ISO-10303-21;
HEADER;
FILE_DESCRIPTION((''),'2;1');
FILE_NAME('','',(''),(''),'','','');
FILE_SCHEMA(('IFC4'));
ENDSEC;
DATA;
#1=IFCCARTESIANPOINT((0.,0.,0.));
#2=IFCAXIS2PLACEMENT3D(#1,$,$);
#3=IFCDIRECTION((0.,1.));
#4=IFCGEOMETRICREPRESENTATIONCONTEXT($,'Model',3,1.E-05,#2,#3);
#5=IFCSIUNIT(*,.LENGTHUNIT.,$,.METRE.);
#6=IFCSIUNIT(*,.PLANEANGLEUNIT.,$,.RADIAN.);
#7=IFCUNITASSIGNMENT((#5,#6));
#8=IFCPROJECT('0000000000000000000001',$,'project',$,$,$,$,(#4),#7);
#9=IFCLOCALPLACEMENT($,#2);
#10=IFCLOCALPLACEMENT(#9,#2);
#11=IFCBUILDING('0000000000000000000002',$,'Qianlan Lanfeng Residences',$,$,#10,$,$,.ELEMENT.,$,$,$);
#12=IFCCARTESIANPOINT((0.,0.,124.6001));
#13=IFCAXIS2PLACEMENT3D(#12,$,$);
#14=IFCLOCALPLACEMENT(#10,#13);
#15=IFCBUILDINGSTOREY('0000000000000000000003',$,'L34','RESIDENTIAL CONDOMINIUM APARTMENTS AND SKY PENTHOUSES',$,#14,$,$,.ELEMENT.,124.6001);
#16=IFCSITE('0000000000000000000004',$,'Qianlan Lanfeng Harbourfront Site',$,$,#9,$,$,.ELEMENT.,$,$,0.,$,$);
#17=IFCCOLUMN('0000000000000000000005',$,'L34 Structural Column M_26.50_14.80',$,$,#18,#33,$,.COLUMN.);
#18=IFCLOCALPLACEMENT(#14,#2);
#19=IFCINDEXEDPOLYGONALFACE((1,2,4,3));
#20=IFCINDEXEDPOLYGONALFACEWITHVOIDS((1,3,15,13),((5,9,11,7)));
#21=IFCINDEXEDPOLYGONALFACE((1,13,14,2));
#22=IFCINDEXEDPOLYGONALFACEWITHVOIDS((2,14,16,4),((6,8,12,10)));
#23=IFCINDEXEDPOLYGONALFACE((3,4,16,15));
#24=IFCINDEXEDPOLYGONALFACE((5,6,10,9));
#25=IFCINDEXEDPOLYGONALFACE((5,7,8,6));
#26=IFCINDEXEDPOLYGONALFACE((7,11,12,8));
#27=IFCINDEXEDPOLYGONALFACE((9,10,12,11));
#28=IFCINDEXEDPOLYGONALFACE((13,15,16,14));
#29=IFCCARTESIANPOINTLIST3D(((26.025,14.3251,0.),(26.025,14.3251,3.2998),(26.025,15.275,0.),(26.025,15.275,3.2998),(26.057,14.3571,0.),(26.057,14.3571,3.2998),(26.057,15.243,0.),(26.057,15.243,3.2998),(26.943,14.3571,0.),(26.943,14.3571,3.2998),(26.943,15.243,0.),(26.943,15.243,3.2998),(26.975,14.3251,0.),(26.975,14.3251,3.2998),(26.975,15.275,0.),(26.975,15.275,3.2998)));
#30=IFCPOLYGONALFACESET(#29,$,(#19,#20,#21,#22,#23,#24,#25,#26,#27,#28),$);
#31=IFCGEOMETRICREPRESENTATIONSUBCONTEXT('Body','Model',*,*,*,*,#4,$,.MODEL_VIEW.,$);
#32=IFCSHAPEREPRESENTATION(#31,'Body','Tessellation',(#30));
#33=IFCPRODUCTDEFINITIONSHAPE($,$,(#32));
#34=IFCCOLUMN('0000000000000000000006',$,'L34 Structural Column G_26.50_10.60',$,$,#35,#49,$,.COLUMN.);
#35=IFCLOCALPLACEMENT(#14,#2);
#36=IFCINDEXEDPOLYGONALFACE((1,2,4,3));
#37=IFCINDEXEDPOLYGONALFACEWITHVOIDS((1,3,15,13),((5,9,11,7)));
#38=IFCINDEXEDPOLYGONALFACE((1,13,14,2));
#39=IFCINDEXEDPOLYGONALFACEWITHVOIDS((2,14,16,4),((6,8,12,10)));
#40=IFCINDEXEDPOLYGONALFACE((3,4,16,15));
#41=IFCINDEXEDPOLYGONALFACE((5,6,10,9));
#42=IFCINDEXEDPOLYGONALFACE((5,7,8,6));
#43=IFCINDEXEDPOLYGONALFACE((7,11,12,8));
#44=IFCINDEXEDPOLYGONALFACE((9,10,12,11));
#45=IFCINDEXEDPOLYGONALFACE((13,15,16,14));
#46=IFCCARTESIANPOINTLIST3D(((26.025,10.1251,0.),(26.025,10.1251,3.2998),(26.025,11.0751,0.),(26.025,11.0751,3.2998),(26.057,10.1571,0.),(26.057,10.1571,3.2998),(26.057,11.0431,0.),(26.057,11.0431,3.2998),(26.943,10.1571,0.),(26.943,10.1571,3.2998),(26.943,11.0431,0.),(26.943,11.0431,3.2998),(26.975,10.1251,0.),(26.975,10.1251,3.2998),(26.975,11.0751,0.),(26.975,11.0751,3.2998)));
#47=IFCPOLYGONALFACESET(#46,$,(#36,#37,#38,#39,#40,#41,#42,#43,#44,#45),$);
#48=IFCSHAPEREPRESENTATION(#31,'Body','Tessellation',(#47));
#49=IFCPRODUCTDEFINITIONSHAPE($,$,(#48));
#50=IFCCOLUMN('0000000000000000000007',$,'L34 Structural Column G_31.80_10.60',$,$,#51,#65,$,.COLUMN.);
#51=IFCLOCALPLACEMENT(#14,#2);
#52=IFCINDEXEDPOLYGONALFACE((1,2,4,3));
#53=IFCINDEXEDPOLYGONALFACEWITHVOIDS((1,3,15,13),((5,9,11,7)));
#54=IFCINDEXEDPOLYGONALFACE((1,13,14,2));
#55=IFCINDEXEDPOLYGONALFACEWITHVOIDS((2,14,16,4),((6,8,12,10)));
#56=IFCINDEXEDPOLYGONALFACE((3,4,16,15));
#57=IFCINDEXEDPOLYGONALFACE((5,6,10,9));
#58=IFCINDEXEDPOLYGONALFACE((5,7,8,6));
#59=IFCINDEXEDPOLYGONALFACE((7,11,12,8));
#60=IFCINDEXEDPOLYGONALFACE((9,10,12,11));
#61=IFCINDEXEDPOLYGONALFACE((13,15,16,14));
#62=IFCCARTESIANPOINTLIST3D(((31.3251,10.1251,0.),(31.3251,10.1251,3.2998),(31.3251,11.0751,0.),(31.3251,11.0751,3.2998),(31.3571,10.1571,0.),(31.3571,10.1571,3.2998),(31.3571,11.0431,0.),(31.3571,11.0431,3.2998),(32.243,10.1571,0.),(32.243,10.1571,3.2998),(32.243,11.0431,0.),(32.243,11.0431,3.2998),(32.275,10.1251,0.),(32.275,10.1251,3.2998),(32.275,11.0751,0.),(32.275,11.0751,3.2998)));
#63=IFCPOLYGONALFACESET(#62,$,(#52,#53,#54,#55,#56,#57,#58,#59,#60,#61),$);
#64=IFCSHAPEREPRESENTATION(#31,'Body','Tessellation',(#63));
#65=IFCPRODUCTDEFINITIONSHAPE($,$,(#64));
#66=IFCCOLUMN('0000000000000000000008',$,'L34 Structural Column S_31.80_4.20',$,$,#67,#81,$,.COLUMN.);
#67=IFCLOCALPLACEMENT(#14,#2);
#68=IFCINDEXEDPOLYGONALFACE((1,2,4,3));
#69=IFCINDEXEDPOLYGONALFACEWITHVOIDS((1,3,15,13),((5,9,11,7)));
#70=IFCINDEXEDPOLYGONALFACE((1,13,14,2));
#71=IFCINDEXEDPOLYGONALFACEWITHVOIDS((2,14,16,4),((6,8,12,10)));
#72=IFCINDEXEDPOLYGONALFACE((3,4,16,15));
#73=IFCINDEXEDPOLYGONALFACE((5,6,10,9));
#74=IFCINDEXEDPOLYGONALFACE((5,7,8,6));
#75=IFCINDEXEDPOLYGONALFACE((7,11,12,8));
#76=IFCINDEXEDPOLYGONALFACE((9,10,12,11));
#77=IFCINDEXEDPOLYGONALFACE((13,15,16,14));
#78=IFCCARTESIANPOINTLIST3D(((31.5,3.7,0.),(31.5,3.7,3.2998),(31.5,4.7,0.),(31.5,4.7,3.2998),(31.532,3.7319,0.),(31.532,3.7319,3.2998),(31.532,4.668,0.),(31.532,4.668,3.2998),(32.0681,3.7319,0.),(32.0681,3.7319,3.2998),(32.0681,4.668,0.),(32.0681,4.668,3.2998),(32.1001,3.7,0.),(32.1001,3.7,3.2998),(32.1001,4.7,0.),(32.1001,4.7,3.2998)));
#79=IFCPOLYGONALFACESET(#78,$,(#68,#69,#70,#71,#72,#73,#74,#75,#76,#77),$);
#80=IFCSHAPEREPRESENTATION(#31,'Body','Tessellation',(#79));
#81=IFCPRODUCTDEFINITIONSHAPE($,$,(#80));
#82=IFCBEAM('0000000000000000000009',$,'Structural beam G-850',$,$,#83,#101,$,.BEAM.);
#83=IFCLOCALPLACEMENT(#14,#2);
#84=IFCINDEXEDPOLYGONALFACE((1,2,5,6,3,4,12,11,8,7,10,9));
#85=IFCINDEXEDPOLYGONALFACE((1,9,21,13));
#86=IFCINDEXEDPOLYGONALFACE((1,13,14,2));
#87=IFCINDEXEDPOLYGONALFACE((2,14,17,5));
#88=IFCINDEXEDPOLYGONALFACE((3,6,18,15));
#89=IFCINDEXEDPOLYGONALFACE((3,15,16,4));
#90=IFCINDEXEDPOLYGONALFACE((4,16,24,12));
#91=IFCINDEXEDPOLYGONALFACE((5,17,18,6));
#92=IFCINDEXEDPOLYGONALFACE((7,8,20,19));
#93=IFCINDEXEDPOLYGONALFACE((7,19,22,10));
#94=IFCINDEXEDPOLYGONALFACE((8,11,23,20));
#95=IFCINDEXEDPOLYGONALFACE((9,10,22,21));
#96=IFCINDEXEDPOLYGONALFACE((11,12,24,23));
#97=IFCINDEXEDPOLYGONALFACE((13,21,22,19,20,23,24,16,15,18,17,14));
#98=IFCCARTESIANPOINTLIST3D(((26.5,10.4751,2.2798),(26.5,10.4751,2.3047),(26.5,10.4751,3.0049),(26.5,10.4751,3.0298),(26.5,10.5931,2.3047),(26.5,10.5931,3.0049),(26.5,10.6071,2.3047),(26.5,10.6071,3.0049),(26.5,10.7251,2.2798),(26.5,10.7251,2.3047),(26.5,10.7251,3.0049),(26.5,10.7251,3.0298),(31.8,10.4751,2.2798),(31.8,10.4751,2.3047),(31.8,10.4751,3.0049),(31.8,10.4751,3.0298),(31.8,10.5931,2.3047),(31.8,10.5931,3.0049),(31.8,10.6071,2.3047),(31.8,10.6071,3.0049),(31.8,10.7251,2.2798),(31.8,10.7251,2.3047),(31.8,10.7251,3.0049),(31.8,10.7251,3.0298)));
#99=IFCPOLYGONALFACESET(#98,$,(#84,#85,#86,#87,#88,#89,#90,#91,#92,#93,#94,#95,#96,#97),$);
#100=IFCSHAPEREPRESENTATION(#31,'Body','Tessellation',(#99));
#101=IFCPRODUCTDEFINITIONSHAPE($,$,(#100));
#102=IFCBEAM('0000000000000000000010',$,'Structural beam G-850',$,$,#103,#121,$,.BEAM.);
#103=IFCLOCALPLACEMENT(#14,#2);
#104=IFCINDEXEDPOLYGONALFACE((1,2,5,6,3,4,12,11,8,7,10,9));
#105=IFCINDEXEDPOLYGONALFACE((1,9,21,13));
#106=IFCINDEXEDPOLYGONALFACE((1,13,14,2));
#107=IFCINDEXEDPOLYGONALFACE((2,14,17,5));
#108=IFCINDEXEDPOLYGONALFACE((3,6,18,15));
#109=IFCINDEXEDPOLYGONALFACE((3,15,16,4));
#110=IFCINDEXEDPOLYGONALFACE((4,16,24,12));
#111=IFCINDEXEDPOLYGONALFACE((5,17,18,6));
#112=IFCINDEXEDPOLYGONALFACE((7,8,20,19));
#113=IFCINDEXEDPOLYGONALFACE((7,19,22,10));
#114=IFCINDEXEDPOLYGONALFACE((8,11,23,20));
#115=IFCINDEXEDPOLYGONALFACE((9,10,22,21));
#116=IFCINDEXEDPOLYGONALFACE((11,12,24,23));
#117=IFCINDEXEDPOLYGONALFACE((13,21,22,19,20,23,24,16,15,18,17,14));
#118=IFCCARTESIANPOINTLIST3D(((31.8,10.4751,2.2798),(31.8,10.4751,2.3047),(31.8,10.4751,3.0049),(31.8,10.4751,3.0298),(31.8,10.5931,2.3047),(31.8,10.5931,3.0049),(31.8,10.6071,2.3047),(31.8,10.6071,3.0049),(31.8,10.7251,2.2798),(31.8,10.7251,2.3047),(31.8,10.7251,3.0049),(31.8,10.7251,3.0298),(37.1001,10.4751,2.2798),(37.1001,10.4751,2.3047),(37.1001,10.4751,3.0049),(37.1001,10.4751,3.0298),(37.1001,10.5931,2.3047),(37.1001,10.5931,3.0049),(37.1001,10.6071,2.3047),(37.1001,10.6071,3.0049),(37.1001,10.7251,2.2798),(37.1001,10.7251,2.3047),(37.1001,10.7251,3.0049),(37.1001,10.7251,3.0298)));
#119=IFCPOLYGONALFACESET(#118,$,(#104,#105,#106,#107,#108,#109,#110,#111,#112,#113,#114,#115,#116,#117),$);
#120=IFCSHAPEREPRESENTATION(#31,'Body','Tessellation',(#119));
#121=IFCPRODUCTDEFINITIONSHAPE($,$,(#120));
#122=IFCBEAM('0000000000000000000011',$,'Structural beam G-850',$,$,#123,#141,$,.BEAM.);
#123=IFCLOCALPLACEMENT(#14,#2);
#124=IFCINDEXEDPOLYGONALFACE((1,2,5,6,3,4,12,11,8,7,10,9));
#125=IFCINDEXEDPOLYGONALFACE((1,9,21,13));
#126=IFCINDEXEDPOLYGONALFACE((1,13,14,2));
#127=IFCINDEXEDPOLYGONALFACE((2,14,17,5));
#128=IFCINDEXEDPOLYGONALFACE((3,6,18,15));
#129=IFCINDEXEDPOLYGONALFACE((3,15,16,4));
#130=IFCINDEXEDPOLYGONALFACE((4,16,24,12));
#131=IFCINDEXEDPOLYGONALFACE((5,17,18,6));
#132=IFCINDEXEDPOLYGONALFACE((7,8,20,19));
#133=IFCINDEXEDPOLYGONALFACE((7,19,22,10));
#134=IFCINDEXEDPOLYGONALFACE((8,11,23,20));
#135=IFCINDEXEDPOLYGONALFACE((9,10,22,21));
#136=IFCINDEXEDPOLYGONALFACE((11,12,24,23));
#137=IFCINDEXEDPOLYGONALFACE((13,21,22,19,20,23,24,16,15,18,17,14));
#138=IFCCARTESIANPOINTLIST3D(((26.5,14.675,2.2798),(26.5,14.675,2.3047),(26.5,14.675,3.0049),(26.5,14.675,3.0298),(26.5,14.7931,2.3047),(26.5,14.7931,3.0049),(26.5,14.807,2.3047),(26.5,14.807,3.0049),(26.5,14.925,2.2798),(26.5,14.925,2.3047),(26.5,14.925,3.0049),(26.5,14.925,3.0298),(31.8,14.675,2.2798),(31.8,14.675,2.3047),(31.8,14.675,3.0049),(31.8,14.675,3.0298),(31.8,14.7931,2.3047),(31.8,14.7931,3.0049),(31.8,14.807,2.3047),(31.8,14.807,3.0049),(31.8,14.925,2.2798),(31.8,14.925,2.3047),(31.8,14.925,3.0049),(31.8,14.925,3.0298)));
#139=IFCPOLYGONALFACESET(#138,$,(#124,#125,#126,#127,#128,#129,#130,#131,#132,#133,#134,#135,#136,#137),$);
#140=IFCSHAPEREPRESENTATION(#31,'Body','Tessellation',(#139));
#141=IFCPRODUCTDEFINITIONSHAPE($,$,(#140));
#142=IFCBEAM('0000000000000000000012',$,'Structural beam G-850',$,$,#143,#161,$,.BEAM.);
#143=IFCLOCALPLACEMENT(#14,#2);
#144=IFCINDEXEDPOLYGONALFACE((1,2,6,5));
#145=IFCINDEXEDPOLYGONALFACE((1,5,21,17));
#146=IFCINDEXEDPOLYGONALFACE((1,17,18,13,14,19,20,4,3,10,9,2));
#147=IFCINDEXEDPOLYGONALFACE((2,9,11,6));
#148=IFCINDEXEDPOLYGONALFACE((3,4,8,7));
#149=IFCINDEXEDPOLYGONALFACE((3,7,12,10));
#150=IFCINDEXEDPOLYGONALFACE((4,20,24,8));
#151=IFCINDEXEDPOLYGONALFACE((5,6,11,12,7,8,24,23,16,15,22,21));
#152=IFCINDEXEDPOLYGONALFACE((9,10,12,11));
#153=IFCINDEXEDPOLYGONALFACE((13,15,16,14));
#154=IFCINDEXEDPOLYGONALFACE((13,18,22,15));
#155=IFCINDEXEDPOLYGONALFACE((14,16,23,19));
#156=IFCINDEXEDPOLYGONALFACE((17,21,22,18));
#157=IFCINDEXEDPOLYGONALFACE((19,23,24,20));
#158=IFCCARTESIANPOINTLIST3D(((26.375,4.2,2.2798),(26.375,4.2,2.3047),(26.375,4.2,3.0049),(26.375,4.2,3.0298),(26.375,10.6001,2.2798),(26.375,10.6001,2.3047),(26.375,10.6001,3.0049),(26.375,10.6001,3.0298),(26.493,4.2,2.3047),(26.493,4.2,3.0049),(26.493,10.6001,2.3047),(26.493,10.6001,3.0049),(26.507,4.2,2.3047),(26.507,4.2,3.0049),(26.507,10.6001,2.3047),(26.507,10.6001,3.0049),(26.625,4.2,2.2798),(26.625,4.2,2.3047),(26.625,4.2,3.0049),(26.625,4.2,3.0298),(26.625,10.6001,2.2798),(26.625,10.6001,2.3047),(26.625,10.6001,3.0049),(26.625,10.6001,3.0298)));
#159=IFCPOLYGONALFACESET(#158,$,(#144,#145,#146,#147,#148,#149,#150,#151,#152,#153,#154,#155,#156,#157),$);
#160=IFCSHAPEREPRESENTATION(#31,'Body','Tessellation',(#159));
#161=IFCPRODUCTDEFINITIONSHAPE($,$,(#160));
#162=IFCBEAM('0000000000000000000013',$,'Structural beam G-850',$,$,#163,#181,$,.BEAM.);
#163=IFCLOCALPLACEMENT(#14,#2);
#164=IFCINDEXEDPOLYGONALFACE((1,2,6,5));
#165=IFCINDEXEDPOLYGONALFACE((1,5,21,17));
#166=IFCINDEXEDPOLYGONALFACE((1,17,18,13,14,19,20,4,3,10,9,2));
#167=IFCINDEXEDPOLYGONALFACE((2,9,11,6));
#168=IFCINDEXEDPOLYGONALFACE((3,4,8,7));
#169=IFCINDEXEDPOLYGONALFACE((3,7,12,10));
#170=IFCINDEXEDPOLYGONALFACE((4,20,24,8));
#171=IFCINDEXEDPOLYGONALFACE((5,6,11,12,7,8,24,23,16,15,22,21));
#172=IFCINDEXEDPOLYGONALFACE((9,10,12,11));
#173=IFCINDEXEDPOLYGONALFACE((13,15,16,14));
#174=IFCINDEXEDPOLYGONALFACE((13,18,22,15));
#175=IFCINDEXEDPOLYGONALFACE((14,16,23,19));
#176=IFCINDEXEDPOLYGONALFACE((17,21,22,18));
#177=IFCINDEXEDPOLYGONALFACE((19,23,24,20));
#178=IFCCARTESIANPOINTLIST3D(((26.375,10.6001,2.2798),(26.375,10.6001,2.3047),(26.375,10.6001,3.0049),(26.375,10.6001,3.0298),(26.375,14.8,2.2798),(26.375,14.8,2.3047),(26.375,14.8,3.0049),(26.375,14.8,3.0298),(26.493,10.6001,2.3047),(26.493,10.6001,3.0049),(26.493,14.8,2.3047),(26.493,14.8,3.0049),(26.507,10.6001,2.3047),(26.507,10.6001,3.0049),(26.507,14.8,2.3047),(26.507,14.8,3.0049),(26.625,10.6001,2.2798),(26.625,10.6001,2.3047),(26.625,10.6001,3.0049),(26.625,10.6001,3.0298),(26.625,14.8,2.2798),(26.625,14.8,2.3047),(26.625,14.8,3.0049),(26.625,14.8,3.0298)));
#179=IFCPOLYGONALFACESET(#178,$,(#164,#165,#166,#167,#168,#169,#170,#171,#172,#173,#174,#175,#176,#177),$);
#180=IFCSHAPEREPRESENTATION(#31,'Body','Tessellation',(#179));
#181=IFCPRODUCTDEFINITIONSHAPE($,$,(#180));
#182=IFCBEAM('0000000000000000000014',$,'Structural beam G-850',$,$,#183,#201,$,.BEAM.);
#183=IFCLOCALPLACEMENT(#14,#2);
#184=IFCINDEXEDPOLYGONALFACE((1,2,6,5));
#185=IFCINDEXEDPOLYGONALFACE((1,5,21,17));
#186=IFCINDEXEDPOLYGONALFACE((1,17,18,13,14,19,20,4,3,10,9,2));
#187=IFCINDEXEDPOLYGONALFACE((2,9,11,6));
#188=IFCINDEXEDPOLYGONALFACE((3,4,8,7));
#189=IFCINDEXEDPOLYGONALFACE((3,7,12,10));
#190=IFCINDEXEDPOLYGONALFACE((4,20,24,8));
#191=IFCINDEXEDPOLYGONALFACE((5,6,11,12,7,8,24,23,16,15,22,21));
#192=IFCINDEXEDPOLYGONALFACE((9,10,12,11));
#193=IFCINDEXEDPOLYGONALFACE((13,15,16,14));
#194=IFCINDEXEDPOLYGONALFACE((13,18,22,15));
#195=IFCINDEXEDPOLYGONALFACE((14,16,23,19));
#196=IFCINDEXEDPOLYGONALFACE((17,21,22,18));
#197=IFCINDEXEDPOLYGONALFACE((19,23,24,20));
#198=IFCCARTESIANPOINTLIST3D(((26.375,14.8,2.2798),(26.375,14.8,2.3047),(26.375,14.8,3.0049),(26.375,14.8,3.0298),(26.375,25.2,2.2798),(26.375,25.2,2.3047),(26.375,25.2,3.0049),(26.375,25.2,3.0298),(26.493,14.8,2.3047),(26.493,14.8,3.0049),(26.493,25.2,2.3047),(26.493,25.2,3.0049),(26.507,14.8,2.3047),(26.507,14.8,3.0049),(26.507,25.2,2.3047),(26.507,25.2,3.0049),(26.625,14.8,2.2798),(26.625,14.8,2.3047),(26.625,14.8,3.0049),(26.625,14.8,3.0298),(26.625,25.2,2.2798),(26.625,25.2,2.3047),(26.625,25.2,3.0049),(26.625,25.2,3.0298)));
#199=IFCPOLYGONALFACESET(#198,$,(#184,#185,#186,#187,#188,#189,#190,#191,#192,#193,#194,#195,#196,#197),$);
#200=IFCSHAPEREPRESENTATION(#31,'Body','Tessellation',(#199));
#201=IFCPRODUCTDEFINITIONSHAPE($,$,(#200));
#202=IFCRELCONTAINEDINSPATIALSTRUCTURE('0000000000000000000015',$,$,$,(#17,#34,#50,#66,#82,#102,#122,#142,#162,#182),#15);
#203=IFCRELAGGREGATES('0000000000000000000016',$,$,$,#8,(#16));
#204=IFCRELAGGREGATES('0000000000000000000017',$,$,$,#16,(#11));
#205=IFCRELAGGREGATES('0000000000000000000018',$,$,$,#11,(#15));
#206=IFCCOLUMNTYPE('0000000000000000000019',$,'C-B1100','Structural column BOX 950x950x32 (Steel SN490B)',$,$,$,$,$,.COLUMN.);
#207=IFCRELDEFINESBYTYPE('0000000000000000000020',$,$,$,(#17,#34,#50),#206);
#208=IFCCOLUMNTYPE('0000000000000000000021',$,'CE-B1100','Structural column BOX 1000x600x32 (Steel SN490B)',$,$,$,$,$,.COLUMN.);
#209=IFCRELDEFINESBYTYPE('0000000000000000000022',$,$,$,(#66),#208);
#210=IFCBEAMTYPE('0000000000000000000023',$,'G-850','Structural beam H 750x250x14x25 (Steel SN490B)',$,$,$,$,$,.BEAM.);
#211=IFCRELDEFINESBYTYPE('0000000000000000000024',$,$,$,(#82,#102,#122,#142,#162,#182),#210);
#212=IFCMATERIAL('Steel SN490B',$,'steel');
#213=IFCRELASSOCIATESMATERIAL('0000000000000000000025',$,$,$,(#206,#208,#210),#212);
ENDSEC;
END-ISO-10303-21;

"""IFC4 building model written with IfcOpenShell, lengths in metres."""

from ifc_helpers import new_model, si_unit, direction, frame, origin, origin_2d, place, context, subcontext, project, spatial, hollow_rectangle, i_section, extrude, material, material_profile, profile_set, type_object, element, save


model = new_model("IFC4")

# Units and contexts
model_context = context("Model", 3, precision=1e-05, world=origin(), true_north=direction((0.0, 1.0)))
body_context = subcontext(model_context, "Body", "Model", "MODEL_VIEW")
ifc_project = project(units=[si_unit("LENGTHUNIT", "METRE"), si_unit("PLANEANGLEUNIT", "RADIAN")], contexts=[model_context])

# Site, building, storey
site_placement = place(None, origin())
site = spatial("IfcSite", under=ifc_project, at=site_placement, Name="Qianlan Lanfeng Harbourfront Site", CompositionType="ELEMENT", RefElevation=0.0)
building_placement = place(site_placement, origin())
building = spatial("IfcBuilding", under=site, at=building_placement, Name="Qianlan Lanfeng Residences", CompositionType="ELEMENT")
storey_placement = place(building_placement, frame((0.0, 0.0, 124.6001)))
storey = spatial("IfcBuildingStorey", under=building, at=storey_placement, Name="L34", Description="RESIDENTIAL CONDOMINIUM APARTMENTS AND SKY PENTHOUSES", CompositionType="ELEMENT", Elevation=124.6001)

# Columns
ifc_material_1 = material(Name="Steel SN490B", Category="steel")
ifc_material_profile_1 = material_profile(ifc_material_1, hollow_rectangle(XDim=0.95, YDim=0.95, WallThickness=0.032, at=origin_2d()), Name="BOX 950x950x32")
ifc_profile_set_1 = profile_set([ifc_material_profile_1], Name="Steel SN490B")
column_type_1 = type_object("IfcColumnType", Name="C-B1100", Description="Structural column BOX 950x950x32 (Steel SN490B)", PredefinedType="COLUMN", material=ifc_profile_set_1)
for number, where, z_axis, x_axis, name in (
    (1, (26.5, 14.8, 0.0), (0.0, 0.0, 1.0), (1.0, 0.0, 0.0), "L34 Structural Column M_26.50_14.80"),
    (2, (26.5, 10.6001, 0.0), (0.0, 0.0, 1.0), (1.0, 0.0, 0.0), "L34 Structural Column G_26.50_10.60"),
    (3, (31.8, 10.6001, 0.0), (0.0, 0.0, 1.0), (1.0, 0.0, 0.0), "L34 Structural Column G_31.80_10.60"),
):
    element("IfcColumn", number, at=place(storey_placement, frame(where, z_axis=z_axis, x_axis=x_axis)), inside=storey, type_object=column_type_1, Name=name, PredefinedType="COLUMN", context=body_context, shape_type="SweptSolid", body=[
        extrude(hollow_rectangle(XDim=0.95, YDim=0.95, WallThickness=0.032, at=origin_2d()), origin(), (0.0, 0.0, 1.0), 3.2998),
    ])
ifc_material_profile_2 = material_profile(ifc_material_1, hollow_rectangle(XDim=0.6001, YDim=1.0, WallThickness=0.032, at=origin_2d()), Name="BOX 1000x600x32")
ifc_profile_set_2 = profile_set([ifc_material_profile_2], Name="Steel SN490B")
column_type_2 = type_object("IfcColumnType", Name="CE-B1100", Description="Structural column BOX 1000x600x32 (Steel SN490B)", PredefinedType="COLUMN", material=ifc_profile_set_2)
column_placement = place(storey_placement, frame((31.8, 4.2, 0.0), z_axis=(0.0, 0.0, 1.0), x_axis=(1.0, 0.0, 0.0)))
element("IfcColumn", 4, at=column_placement, inside=storey, type_object=column_type_2, Name="L34 Structural Column S_31.80_4.20", PredefinedType="COLUMN", context=body_context, shape_type="SweptSolid", body=[
    extrude(hollow_rectangle(XDim=0.6001, YDim=1.0, WallThickness=0.032, at=origin_2d()), origin(), (0.0, 0.0, 1.0), 3.2998),
])

# Beams
ifc_material_profile_3 = material_profile(ifc_material_1, i_section(OverallWidth=0.25, OverallDepth=0.75, WebThickness=0.0139, FlangeThickness=0.0249, at=origin_2d()), Name="H 750x250x14x25")
ifc_profile_set_3 = profile_set([ifc_material_profile_3], Name="Steel SN490B")
beam_type_1 = type_object("IfcBeamType", Name="G-850", Description="Structural beam H 750x250x14x25 (Steel SN490B)", PredefinedType="BEAM", material=ifc_profile_set_3)
for number, where, z_axis, x_axis, name in (
    (5, (26.5, 10.6001, 2.6548), (1.0, 0.0, 0.0), (0.0, 1.0, 0.0), "Structural beam G-850"),
    (6, (31.8, 10.6001, 2.6548), (1.0, 0.0, 0.0), (0.0, 1.0, 0.0), "Structural beam G-850"),
    (7, (26.5, 14.8, 2.6548), (1.0, 0.0, 0.0), (0.0, 1.0, 0.0), "Structural beam G-850"),
):
    element("IfcBeam", number, at=place(storey_placement, frame(where, z_axis=z_axis, x_axis=x_axis)), inside=storey, type_object=beam_type_1, Name=name, PredefinedType="BEAM", context=body_context, shape_type="SweptSolid", body=[
        extrude(i_section(OverallWidth=0.25, OverallDepth=0.75, WebThickness=0.0139, FlangeThickness=0.0249, at=origin_2d()), origin(), (0.0, 0.0, 1.0), 5.3),
    ])
beam_1_placement = place(storey_placement, frame((26.5, 4.2, 2.6548), z_axis=(0.0, 1.0, 0.0), x_axis=(-1.0, 0.0, 0.0)))
element("IfcBeam", 8, at=beam_1_placement, inside=storey, type_object=beam_type_1, Name="Structural beam G-850", PredefinedType="BEAM", context=body_context, shape_type="SweptSolid", body=[
    extrude(i_section(OverallWidth=0.25, OverallDepth=0.75, WebThickness=0.0139, FlangeThickness=0.0249, at=origin_2d()), origin(), (0.0, 0.0, 1.0), 6.4001),
])
beam_2_placement = place(storey_placement, frame((26.5, 10.6001, 2.6548), z_axis=(0.0, 1.0, 0.0), x_axis=(-1.0, 0.0, 0.0)))
element("IfcBeam", 9, at=beam_2_placement, inside=storey, type_object=beam_type_1, Name="Structural beam G-850", PredefinedType="BEAM", context=body_context, shape_type="SweptSolid", body=[
    extrude(i_section(OverallWidth=0.25, OverallDepth=0.75, WebThickness=0.0139, FlangeThickness=0.0249, at=origin_2d()), origin(), (0.0, 0.0, 1.0), 4.2),
])
beam_3_placement = place(storey_placement, frame((26.5, 14.8, 2.6548), z_axis=(0.0, 1.0, 0.0), x_axis=(-1.0, 0.0, 0.0)))
element("IfcBeam", 10, at=beam_3_placement, inside=storey, type_object=beam_type_1, Name="Structural beam G-850", PredefinedType="BEAM", context=body_context, shape_type="SweptSolid", body=[
    extrude(i_section(OverallWidth=0.25, OverallDepth=0.75, WebThickness=0.0139, FlangeThickness=0.0249, at=origin_2d()), origin(), (0.0, 0.0, 1.0), 10.3999),
])

save(model, "model.ifc")
